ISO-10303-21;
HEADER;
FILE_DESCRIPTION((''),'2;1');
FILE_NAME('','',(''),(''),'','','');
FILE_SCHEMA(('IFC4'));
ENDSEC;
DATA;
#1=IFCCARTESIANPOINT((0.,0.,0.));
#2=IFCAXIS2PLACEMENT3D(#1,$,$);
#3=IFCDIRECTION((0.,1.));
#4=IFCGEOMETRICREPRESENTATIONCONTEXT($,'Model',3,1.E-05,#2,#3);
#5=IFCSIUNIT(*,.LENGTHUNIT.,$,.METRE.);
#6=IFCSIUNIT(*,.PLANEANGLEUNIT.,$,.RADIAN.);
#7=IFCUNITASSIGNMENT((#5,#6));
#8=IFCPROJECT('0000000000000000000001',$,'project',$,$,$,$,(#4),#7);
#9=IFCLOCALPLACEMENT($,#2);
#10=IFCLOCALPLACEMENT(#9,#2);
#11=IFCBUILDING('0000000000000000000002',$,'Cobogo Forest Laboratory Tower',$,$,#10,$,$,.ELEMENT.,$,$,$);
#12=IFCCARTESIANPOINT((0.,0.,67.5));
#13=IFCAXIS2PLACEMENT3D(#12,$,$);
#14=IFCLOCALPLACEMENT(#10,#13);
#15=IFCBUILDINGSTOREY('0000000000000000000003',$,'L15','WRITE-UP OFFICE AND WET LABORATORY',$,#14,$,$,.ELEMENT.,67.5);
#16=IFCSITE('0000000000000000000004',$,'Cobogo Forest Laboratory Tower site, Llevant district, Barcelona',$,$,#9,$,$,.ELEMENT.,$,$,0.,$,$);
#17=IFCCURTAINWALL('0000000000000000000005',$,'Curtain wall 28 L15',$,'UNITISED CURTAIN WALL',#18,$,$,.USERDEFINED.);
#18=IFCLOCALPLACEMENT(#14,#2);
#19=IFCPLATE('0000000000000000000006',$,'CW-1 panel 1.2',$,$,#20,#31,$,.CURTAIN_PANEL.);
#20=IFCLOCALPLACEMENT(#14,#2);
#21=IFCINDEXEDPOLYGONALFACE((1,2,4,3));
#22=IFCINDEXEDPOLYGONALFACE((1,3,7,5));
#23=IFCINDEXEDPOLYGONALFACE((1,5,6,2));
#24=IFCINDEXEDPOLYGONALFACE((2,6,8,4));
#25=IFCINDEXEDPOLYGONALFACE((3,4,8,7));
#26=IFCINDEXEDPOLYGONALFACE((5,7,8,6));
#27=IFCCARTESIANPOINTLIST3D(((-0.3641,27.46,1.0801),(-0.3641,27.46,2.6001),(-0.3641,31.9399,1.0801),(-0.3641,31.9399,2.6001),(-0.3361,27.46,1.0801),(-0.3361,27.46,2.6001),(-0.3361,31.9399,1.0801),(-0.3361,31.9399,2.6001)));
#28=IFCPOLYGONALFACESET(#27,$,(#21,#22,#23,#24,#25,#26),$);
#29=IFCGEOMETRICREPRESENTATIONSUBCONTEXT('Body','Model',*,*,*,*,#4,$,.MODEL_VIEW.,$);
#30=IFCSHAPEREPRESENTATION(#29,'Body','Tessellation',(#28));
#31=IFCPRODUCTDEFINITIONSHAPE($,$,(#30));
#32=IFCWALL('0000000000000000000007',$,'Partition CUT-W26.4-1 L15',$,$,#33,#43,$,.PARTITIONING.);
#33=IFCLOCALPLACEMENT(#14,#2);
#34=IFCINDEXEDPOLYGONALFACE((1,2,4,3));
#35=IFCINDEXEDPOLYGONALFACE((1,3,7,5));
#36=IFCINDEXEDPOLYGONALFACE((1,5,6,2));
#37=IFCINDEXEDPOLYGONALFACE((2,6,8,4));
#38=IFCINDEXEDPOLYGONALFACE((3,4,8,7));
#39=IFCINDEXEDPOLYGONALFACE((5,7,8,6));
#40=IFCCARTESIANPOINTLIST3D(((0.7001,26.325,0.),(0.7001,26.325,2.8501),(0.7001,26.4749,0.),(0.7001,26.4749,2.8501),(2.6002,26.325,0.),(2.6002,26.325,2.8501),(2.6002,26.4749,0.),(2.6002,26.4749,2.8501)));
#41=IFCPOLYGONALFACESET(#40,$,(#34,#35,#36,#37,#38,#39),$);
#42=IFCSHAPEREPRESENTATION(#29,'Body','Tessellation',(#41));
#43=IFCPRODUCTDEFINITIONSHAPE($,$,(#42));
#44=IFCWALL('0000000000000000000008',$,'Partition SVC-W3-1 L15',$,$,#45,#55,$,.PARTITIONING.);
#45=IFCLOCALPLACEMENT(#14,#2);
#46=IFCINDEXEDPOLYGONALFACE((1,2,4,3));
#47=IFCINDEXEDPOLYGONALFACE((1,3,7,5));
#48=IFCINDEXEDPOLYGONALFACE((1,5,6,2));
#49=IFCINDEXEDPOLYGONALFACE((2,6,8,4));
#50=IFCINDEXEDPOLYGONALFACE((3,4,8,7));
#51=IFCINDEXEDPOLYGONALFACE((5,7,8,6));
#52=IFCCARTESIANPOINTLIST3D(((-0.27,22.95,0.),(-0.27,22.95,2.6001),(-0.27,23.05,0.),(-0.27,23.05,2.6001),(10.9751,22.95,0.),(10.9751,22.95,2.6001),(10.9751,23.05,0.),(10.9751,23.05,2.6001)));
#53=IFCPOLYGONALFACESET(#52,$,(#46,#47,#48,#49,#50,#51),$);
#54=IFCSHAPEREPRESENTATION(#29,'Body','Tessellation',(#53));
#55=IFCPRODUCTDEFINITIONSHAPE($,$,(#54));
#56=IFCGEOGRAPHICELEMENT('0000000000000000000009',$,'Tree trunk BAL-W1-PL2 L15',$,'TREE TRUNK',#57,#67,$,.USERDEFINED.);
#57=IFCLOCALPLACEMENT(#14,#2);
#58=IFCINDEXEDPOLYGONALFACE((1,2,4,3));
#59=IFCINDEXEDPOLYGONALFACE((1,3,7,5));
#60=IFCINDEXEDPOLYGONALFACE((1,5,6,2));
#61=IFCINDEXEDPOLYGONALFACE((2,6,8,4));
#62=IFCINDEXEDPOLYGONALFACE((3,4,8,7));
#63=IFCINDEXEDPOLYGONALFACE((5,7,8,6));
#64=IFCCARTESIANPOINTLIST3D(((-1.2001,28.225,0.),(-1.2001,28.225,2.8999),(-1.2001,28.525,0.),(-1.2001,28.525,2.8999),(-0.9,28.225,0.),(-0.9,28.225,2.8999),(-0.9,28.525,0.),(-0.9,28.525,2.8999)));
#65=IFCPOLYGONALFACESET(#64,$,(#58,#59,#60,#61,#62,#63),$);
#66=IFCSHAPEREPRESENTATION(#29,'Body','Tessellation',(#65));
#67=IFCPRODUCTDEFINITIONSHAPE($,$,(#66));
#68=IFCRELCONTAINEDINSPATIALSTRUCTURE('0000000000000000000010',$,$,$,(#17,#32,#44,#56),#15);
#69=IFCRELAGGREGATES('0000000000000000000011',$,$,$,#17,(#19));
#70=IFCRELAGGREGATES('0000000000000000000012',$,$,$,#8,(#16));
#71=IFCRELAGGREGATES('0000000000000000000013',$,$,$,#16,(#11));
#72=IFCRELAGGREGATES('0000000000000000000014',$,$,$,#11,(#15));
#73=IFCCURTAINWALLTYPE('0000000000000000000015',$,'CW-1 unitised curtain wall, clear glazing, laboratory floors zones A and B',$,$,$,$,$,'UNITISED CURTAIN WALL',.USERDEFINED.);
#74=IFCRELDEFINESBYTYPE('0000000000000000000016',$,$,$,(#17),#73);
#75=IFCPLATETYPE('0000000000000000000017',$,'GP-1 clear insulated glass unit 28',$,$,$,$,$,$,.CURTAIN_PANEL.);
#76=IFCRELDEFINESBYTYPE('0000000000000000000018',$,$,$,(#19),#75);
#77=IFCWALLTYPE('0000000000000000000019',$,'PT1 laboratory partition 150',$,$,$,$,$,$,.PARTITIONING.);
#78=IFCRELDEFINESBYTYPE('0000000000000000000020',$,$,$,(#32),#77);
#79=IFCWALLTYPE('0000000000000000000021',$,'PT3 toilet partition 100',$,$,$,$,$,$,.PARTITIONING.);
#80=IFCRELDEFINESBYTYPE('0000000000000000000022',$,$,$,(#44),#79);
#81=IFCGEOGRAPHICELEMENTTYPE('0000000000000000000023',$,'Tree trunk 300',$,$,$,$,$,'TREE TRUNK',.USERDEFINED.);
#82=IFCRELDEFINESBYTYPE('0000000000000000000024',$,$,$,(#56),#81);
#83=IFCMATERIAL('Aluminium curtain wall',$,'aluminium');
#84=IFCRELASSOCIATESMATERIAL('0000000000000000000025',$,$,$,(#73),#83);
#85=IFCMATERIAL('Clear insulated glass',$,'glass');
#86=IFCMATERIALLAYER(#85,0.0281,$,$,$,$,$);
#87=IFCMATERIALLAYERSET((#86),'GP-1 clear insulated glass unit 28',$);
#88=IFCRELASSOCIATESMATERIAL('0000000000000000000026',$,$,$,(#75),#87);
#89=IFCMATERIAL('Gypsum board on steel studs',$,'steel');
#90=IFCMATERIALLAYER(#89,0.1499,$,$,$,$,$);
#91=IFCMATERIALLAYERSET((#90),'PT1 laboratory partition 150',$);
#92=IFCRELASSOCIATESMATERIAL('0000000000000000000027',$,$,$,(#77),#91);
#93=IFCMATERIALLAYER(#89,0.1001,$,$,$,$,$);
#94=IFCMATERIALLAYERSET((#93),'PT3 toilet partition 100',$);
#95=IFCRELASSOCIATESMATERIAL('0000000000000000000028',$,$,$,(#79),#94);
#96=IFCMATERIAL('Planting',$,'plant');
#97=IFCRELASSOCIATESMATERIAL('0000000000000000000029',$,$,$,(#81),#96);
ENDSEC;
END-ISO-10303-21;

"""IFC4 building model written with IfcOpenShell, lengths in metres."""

from ifc_helpers import new_model, si_unit, direction, frame, frame_2d, origin, origin_2d, place, context, subcontext, project, spatial, rectangle, extrude, material, layer, layer_set, type_object, element, aggregate, save


model = new_model("IFC4")

# Units and contexts
model_context = context("Model", 3, precision=1e-05, world=origin(), true_north=direction((0.0, 1.0)))
body_context = subcontext(model_context, "Body", "Model", "MODEL_VIEW")
ifc_project = project(units=[si_unit("LENGTHUNIT", "METRE"), si_unit("PLANEANGLEUNIT", "RADIAN")], contexts=[model_context])

# Site, building, storey
site_placement = place(None, origin())
site = spatial("IfcSite", under=ifc_project, at=site_placement, Name="Cobogo Forest Laboratory Tower site, Llevant district, Barcelona", CompositionType="ELEMENT", RefElevation=0.0)
building_placement = place(site_placement, origin())
building = spatial("IfcBuilding", under=site, at=building_placement, Name="Cobogo Forest Laboratory Tower", CompositionType="ELEMENT")
storey_placement = place(building_placement, frame((0.0, 0.0, 67.5)))
storey = spatial("IfcBuildingStorey", under=building, at=storey_placement, Name="L15", Description="WRITE-UP OFFICE AND WET LABORATORY", CompositionType="ELEMENT", Elevation=67.5)

# Shared definitions
ifc_material_1 = material(Name="Aluminium curtain wall", Category="aluminium")
curtain_wall_type = type_object("IfcCurtainWallType", Name="CW-1 unitised curtain wall, clear glazing, laboratory floors zones A and B", ElementType="UNITISED CURTAIN WALL", PredefinedType="USERDEFINED", material=ifc_material_1)

# Curtain wall
curtain_wall_1_placement = place(storey_placement, origin())
curtain_wall_1 = element("IfcCurtainWall", 1, at=curtain_wall_1_placement, inside=storey, type_object=curtain_wall_type, Name="Curtain wall 28 L15", ObjectType="UNITISED CURTAIN WALL", PredefinedType="USERDEFINED")

# Plate
ifc_material_2 = material(Name="Clear insulated glass", Category="glass")
ifc_layer_1 = layer(ifc_material_2, 0.0281)
ifc_layer_set_1 = layer_set([ifc_layer_1], Name="GP-1 clear insulated glass unit 28")
plate_type = type_object("IfcPlateType", Name="GP-1 clear insulated glass unit 28", PredefinedType="CURTAIN_PANEL", material=ifc_layer_set_1)
plate_1_placement = place(storey_placement, frame((-0.3501, 29.7, 1.0801), z_axis=(0.0, 0.0, 1.0), x_axis=(0.0, -1.0, 0.0)))
plate_1 = element("IfcPlate", 2, at=plate_1_placement, type_object=plate_type, Name="CW-1 panel 1.2", PredefinedType="CURTAIN_PANEL", context=body_context, shape_type="SweptSolid", body=[
    extrude(rectangle(XDim=4.48, YDim=0.0281, at=origin_2d()), origin(), (0.0, 0.0, 1.0), 1.52),
])
aggregate(curtain_wall_1, [plate_1])

# Walls
ifc_material_3 = material(Name="Gypsum board on steel studs", Category="steel")
ifc_layer_2 = layer(ifc_material_3, 0.1499)
ifc_layer_set_2 = layer_set([ifc_layer_2], Name="PT1 laboratory partition 150")
wall_type_1 = type_object("IfcWallType", Name="PT1 laboratory partition 150", PredefinedType="PARTITIONING", material=ifc_layer_set_2)
wall_1_placement = place(storey_placement, frame((0.7, 26.3999, 0.0), z_axis=(0.0, 0.0, 1.0), x_axis=(1.0, 0.0, 0.0)))
element("IfcWall", 3, at=wall_1_placement, inside=storey, type_object=wall_type_1, Name="Partition CUT-W26.4-1 L15", PredefinedType="PARTITIONING", context=body_context, shape_type="SweptSolid", body=[
    extrude(rectangle(XDim=1.9001, YDim=0.1499, at=frame_2d((0.9502, 0.0))), origin(), (0.0, 0.0, 1.0), 2.8501),
])
ifc_layer_3 = layer(ifc_material_3, 0.1001)
ifc_layer_set_3 = layer_set([ifc_layer_3], Name="PT3 toilet partition 100")
wall_type_2 = type_object("IfcWallType", Name="PT3 toilet partition 100", PredefinedType="PARTITIONING", material=ifc_layer_set_3)
wall_2_placement = place(storey_placement, frame((-0.27, 23.0, 0.0), z_axis=(0.0, 0.0, 1.0), x_axis=(1.0, 0.0, 0.0)))
element("IfcWall", 4, at=wall_2_placement, inside=storey, type_object=wall_type_2, Name="Partition SVC-W3-1 L15", PredefinedType="PARTITIONING", context=body_context, shape_type="SweptSolid", body=[
    extrude(rectangle(XDim=11.2451, YDim=0.1001, at=frame_2d((5.6226, 0.0))), origin(), (0.0, 0.0, 1.0), 2.6001),
])

# Geographic element
ifc_material_4 = material(Name="Planting", Category="plant")
geographic_element_type = type_object("IfcGeographicElementType", Name="Tree trunk 300", ElementType="TREE TRUNK", PredefinedType="USERDEFINED", material=ifc_material_4)
geographic_element_placement = place(storey_placement, frame((-1.05, 28.375, 0.0), z_axis=(0.0, 0.0, 1.0), x_axis=(1.0, 0.0, 0.0)))
element("IfcGeographicElement", 5, at=geographic_element_placement, inside=storey, type_object=geographic_element_type, Name="Tree trunk BAL-W1-PL2 L15", ObjectType="TREE TRUNK", PredefinedType="USERDEFINED", context=body_context, shape_type="SweptSolid", body=[
    extrude(rectangle(XDim=0.3, YDim=0.3, at=origin_2d()), origin(), (0.0, 0.0, 1.0), 2.8999),
])

save(model, "model.ifc")
